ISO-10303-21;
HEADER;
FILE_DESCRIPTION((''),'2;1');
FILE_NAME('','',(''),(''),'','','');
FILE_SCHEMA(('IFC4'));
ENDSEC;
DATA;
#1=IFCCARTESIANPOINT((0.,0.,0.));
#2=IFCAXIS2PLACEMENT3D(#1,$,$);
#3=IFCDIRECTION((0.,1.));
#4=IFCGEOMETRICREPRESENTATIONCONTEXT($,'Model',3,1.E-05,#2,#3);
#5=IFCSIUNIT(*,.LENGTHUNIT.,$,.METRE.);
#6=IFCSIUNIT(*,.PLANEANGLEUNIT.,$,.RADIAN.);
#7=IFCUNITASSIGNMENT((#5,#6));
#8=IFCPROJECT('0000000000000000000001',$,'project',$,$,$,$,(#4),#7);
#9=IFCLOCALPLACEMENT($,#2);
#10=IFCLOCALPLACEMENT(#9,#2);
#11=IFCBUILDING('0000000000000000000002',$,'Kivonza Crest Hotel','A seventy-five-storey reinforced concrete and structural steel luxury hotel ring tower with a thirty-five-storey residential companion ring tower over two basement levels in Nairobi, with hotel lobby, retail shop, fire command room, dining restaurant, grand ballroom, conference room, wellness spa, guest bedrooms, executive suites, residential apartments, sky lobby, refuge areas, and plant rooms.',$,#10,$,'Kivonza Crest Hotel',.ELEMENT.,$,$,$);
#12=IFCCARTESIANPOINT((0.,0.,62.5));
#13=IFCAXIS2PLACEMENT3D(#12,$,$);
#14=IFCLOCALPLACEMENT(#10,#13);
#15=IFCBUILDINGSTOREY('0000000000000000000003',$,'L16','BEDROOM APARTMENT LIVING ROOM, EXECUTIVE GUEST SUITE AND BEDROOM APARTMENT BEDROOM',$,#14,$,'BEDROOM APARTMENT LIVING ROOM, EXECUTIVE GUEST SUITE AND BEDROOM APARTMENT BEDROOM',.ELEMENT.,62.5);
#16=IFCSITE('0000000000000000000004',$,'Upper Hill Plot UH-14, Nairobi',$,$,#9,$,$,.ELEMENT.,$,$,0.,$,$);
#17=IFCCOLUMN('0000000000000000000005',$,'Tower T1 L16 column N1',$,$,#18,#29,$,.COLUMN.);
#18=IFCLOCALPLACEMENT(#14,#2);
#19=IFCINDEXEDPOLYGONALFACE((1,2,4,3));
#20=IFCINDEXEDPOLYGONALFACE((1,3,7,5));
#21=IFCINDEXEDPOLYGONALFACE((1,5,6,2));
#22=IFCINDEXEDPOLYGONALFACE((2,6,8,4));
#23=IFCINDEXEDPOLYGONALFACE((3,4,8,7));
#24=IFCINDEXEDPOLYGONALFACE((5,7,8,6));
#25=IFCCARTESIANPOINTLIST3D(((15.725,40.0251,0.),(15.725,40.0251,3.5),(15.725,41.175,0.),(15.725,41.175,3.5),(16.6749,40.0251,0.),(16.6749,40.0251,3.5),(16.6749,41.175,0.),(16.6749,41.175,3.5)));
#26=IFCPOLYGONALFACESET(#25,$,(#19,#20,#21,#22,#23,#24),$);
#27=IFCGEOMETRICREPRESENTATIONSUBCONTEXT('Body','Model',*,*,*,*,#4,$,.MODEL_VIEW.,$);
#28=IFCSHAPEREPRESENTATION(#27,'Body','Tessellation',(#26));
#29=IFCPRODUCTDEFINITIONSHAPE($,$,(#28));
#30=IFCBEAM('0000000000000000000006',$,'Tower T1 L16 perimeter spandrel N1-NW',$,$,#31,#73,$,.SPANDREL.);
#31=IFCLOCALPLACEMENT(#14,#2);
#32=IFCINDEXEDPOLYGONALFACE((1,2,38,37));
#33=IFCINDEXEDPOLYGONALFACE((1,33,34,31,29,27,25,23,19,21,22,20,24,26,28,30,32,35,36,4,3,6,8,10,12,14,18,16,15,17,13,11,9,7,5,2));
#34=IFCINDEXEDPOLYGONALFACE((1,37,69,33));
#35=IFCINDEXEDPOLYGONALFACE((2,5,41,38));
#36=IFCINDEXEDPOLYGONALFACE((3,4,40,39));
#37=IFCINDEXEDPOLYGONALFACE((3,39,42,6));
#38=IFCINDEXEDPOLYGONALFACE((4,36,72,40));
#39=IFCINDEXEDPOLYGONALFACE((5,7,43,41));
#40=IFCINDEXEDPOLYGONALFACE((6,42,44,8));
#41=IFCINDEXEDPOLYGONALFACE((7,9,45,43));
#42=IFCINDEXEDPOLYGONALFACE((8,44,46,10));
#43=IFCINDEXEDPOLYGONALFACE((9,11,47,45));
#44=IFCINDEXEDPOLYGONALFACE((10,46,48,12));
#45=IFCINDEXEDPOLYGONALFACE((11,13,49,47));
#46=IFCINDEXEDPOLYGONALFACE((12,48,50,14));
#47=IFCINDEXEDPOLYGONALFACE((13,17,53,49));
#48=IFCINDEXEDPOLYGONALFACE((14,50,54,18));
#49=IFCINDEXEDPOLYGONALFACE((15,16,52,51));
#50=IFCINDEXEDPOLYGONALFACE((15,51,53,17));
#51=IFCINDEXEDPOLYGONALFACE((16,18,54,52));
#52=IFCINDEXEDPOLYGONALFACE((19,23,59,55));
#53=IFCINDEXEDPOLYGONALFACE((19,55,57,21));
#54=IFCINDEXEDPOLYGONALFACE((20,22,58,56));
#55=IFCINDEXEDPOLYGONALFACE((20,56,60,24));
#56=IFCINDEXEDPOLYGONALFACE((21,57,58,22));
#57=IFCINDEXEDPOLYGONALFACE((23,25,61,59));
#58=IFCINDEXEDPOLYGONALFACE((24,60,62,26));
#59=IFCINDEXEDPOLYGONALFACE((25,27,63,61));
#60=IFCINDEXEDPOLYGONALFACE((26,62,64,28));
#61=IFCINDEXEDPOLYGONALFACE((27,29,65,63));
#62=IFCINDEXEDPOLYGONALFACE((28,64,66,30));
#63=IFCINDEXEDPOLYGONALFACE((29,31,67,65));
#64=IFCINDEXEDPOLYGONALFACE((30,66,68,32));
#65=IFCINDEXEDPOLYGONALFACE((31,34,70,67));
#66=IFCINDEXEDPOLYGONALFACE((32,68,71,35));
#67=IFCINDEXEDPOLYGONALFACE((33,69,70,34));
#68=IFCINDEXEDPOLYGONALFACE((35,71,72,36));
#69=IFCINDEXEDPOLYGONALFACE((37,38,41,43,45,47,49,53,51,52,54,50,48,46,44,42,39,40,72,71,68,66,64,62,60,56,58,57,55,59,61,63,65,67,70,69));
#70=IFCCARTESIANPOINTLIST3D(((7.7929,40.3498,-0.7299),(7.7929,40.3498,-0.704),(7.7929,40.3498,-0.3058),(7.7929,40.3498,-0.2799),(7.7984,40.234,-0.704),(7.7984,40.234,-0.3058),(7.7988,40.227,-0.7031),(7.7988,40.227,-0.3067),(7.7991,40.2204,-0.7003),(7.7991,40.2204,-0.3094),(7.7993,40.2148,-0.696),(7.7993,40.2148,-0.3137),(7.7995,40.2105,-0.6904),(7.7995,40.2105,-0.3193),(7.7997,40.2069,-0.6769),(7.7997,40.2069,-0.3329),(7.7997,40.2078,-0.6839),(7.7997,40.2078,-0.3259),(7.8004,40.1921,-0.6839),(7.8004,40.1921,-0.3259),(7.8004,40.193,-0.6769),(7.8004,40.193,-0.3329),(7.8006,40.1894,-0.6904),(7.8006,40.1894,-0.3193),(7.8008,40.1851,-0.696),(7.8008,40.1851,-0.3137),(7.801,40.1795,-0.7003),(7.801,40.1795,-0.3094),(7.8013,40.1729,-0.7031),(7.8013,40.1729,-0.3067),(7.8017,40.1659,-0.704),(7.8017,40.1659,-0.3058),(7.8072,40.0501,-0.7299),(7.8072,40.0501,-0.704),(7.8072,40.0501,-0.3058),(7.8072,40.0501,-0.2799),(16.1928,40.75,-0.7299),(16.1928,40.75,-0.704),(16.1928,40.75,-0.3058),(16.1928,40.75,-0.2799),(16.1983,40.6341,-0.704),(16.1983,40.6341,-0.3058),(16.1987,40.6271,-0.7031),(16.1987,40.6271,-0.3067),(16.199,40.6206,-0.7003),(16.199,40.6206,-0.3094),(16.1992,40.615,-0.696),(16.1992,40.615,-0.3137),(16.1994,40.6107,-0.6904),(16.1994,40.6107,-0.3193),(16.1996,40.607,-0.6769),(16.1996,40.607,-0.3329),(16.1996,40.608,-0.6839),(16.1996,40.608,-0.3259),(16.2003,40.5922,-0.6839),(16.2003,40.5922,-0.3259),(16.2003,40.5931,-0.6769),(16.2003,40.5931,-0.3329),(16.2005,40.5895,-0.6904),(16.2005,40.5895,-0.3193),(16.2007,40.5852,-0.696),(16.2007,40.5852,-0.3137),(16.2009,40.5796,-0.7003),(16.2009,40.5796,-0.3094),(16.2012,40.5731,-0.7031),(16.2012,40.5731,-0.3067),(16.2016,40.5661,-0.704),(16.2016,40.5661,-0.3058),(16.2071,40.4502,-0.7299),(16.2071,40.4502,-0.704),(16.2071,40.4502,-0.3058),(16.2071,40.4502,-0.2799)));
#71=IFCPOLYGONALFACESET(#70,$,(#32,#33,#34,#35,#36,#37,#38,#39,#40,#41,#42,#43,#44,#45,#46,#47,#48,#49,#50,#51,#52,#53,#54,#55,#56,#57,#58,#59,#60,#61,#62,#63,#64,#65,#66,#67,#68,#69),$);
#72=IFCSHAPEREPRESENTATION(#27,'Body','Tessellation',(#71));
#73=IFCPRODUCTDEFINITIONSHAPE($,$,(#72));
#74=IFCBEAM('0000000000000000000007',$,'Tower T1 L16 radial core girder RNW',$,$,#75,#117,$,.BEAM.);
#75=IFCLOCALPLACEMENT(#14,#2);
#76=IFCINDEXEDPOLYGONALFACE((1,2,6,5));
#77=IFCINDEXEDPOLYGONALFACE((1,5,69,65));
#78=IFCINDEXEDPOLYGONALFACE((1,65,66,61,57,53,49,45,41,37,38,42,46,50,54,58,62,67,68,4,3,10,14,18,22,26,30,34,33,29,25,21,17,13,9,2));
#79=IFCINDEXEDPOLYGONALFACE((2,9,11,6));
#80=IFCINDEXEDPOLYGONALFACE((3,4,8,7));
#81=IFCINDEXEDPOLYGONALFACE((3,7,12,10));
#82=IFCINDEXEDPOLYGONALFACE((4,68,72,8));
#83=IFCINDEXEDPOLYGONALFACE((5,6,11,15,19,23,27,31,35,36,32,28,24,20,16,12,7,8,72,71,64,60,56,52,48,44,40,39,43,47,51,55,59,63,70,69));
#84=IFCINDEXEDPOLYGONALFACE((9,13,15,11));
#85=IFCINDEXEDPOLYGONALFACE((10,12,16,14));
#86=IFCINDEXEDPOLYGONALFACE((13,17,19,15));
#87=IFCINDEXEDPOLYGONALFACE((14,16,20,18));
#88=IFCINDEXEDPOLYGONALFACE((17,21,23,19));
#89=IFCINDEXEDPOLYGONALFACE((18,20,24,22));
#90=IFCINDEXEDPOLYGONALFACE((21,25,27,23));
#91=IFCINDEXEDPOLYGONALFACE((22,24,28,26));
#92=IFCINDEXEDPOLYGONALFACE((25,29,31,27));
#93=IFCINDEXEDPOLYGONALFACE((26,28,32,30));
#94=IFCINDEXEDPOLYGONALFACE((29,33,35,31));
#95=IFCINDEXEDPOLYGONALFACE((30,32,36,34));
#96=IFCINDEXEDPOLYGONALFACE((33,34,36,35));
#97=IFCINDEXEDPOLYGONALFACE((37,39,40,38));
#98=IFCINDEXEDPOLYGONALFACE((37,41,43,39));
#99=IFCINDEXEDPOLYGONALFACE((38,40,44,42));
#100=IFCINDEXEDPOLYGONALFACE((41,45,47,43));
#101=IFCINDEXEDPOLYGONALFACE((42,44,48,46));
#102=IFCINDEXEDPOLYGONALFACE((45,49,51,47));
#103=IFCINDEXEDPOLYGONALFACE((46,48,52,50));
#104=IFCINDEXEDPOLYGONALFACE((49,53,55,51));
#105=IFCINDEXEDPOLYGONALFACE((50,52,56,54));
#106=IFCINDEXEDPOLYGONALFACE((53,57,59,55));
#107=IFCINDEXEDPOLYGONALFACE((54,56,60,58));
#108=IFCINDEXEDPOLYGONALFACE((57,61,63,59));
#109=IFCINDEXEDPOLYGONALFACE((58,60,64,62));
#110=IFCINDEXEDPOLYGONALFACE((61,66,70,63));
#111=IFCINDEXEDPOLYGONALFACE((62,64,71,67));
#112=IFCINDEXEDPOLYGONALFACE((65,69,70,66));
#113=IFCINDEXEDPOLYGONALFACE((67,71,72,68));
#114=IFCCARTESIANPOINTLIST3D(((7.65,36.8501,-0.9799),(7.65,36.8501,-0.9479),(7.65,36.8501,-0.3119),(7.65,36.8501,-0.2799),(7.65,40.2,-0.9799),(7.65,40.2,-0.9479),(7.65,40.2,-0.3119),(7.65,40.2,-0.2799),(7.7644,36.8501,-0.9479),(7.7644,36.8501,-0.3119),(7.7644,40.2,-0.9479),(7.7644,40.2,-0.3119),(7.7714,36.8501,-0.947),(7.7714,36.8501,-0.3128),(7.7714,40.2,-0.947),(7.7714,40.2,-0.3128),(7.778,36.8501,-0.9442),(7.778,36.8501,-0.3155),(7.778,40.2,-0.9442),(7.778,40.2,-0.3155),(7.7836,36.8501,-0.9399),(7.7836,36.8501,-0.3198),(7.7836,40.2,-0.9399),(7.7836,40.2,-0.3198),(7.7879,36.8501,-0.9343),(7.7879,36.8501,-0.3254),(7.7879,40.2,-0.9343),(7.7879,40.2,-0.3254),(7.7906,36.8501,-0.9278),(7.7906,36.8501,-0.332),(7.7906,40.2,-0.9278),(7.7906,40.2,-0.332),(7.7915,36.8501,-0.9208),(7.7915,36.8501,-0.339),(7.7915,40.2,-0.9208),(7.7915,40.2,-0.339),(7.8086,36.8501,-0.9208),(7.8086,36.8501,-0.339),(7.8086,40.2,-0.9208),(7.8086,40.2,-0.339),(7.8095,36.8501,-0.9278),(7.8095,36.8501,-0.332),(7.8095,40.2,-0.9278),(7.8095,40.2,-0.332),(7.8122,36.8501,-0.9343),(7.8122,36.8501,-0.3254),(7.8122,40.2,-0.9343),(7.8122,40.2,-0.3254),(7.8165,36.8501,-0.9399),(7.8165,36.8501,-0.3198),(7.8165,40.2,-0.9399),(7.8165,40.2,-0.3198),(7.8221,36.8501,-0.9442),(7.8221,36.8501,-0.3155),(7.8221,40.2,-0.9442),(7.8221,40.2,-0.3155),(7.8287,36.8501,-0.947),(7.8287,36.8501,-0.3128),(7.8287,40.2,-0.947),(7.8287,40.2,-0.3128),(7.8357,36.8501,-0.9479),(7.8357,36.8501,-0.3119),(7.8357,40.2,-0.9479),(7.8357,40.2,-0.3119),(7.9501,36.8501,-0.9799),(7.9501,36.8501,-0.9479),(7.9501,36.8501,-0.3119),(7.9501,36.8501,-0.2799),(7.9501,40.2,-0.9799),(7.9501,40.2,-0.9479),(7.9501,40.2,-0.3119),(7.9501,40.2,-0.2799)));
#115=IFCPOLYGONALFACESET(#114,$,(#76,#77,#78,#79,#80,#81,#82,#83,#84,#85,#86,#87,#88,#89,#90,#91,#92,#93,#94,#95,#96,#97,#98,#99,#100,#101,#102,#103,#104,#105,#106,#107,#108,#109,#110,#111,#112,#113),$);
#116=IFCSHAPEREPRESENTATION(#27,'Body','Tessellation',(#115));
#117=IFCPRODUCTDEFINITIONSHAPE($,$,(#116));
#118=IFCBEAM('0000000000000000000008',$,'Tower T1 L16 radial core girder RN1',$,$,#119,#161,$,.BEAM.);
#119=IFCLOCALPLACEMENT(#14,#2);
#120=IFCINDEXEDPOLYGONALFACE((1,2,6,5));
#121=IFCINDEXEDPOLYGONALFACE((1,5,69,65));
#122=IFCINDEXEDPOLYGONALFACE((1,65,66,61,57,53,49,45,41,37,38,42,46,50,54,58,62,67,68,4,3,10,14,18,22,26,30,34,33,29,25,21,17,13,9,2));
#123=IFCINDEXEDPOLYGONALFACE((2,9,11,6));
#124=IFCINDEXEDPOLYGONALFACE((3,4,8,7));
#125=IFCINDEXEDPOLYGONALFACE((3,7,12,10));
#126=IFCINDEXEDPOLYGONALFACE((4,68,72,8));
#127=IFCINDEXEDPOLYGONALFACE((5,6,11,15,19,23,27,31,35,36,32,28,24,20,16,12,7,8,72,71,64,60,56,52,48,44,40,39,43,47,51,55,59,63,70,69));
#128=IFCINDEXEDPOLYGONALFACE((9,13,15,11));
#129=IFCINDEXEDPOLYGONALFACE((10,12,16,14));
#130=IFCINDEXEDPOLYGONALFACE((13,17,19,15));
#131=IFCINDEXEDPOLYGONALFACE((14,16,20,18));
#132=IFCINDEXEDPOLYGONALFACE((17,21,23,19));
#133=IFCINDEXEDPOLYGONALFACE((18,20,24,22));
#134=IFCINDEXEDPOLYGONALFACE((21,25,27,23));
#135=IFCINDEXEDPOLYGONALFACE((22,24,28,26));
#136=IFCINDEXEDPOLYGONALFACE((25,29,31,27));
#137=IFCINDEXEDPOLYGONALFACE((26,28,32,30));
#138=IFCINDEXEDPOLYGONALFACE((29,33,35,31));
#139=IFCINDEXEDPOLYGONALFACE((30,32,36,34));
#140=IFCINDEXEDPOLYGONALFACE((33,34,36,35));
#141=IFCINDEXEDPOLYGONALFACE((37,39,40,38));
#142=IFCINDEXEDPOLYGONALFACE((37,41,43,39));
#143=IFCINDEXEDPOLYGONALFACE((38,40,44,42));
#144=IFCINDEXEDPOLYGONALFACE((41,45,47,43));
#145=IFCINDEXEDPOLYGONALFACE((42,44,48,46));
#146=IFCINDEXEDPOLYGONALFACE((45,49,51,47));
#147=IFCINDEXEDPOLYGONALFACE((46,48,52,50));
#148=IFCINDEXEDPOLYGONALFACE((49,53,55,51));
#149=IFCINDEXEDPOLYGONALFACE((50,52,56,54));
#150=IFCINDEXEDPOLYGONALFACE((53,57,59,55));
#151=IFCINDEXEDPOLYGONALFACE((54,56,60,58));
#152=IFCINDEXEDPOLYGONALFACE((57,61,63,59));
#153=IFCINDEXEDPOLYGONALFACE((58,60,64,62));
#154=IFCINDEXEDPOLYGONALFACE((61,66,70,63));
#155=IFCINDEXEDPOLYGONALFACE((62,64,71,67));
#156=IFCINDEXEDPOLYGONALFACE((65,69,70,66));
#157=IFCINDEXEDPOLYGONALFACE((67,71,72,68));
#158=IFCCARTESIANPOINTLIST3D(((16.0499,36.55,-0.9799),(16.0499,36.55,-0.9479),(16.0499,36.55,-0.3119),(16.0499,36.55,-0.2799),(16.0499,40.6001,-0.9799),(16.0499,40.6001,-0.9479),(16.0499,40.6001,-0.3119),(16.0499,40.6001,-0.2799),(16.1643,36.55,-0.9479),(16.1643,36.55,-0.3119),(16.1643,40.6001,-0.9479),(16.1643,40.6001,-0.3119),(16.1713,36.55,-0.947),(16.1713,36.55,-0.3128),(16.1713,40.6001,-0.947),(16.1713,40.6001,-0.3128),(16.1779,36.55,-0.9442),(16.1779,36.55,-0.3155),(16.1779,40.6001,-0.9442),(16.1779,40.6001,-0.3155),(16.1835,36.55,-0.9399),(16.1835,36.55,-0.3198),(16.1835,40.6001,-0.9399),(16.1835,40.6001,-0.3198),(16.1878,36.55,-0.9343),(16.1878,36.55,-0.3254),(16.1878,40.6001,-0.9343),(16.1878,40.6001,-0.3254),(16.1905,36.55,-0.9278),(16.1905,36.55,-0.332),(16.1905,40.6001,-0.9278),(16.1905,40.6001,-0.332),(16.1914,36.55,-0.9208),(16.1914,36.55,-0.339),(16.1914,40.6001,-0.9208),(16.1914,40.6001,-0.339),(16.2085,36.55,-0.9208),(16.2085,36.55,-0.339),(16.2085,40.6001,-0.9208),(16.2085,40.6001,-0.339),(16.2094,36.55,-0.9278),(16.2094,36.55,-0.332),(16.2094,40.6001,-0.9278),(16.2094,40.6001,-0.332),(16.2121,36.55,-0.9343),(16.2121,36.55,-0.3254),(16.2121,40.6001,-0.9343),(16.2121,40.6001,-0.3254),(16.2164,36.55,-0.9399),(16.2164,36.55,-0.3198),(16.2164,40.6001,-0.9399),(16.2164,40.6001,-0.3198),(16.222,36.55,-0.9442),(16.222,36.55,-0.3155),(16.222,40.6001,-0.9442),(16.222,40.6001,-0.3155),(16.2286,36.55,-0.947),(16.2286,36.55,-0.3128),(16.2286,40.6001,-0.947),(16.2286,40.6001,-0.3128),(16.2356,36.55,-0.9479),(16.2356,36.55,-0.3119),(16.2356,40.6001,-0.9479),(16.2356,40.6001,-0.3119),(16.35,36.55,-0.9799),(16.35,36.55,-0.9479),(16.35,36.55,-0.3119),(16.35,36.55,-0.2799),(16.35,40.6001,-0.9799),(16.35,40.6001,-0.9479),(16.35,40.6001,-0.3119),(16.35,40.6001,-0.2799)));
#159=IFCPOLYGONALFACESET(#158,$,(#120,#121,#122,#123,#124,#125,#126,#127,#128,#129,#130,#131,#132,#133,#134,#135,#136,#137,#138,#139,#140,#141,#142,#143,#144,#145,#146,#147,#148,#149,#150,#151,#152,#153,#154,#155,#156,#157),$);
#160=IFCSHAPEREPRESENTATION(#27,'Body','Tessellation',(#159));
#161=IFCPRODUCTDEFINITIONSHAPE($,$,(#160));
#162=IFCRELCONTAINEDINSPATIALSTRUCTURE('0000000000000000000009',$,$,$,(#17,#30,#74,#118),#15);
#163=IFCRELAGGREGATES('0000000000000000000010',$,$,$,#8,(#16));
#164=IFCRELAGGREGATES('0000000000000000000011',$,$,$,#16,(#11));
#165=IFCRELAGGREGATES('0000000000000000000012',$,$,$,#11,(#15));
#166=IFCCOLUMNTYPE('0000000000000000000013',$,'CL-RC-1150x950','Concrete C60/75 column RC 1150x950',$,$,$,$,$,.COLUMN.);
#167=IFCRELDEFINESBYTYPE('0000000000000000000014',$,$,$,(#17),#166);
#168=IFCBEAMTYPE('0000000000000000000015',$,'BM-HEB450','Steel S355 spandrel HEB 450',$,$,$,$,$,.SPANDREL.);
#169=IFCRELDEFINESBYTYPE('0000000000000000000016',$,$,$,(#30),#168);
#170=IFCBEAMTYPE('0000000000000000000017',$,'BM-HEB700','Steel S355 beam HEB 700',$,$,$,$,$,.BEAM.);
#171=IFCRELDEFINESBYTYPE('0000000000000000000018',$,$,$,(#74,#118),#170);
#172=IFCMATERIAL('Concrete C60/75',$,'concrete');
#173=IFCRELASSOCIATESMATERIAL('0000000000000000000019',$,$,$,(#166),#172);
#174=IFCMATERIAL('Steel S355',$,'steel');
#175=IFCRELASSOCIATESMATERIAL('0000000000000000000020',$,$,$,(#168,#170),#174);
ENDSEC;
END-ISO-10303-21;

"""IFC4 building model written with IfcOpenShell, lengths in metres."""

from ifc_helpers import new_model, si_unit, direction, frame, origin, origin_2d, place, context, subcontext, project, spatial, rectangle, i_section, extrude, material, material_profile, profile_set, type_object, element, save


model = new_model("IFC4")

# Units and contexts
model_context = context("Model", 3, precision=1e-05, world=origin(), true_north=direction((0.0, 1.0)))
body_context = subcontext(model_context, "Body", "Model", "MODEL_VIEW")
ifc_project = project(units=[si_unit("LENGTHUNIT", "METRE"), si_unit("PLANEANGLEUNIT", "RADIAN")], contexts=[model_context])

# Site, building, storey
site_placement = place(None, origin())
site = spatial("IfcSite", under=ifc_project, at=site_placement, Name="Upper Hill Plot UH-14, Nairobi", CompositionType="ELEMENT", RefElevation=0.0)
building_placement = place(site_placement, origin())
building = spatial("IfcBuilding", under=site, at=building_placement, Name="Kivonza Crest Hotel", Description="A seventy-five-storey reinforced concrete and structural steel luxury hotel ring tower with a thirty-five-storey residential companion ring tower over two basement levels in Nairobi, with hotel lobby, retail shop, fire command room, dining restaurant, grand ballroom, conference room, wellness spa, guest bedrooms, executive suites, residential apartments, sky lobby, refuge areas, and plant rooms.", LongName="Kivonza Crest Hotel", CompositionType="ELEMENT")
storey_placement = place(building_placement, frame((0.0, 0.0, 62.5)))
storey = spatial("IfcBuildingStorey", under=building, at=storey_placement, Name="L16", Description="BEDROOM APARTMENT LIVING ROOM, EXECUTIVE GUEST SUITE AND BEDROOM APARTMENT BEDROOM", LongName="BEDROOM APARTMENT LIVING ROOM, EXECUTIVE GUEST SUITE AND BEDROOM APARTMENT BEDROOM", CompositionType="ELEMENT", Elevation=62.5)

# Column
ifc_material_1 = material(Name="Concrete C60/75", Category="concrete")
ifc_material_profile_1 = material_profile(ifc_material_1, rectangle(XDim=0.95, YDim=1.1499, at=origin_2d()), Name="RC 1150x950")
ifc_profile_set_1 = profile_set([ifc_material_profile_1], Name="Concrete C60/75")
column_type = type_object("IfcColumnType", Name="CL-RC-1150x950", Description="Concrete C60/75 column RC 1150x950", PredefinedType="COLUMN", material=ifc_profile_set_1)
column_placement = place(storey_placement, frame((16.2, 40.6001, 0.0), z_axis=(0.0, 0.0, 1.0), x_axis=(1.0, 0.0, 0.0)))
element("IfcColumn", 1, at=column_placement, inside=storey, type_object=column_type, Name="Tower T1 L16 column N1", PredefinedType="COLUMN", context=body_context, shape_type="SweptSolid", body=[
    extrude(rectangle(XDim=0.95, YDim=1.1499, at=origin_2d()), origin(), (0.0, 0.0, 1.0), 3.5),
])

# Beams
ifc_material_2 = material(Name="Steel S355", Category="steel")
ifc_material_profile_2 = material_profile(ifc_material_2, i_section(OverallWidth=0.3, OverallDepth=0.45, WebThickness=0.0139, FlangeThickness=0.0259, FilletRadius=0.0271, at=origin_2d()), Name="HEB 450")
ifc_profile_set_2 = profile_set([ifc_material_profile_2], Name="Steel S355")
beam_type_1 = type_object("IfcBeamType", Name="BM-HEB450", Description="Steel S355 spandrel HEB 450", PredefinedType="SPANDREL", material=ifc_profile_set_2)
beam_1_placement = place(storey_placement, frame((16.2, 40.6001, -0.5049), z_axis=(-0.998867, -0.047583, 0.0), x_axis=(0.047583, -0.998867, 0.0)))
element("IfcBeam", 2, at=beam_1_placement, inside=storey, type_object=beam_type_1, Name="Tower T1 L16 perimeter spandrel N1-NW", PredefinedType="SPANDREL", context=body_context, shape_type="SweptSolid", body=[
    extrude(i_section(OverallWidth=0.3, OverallDepth=0.45, WebThickness=0.0139, FlangeThickness=0.0259, FilletRadius=0.0271, at=origin_2d()), origin(), (0.0, 0.0, 1.0), 8.4094),
])
ifc_material_profile_3 = material_profile(ifc_material_2, i_section(OverallWidth=0.3, OverallDepth=0.7, WebThickness=0.0171, FlangeThickness=0.032, FilletRadius=0.0271, at=origin_2d()), Name="HEB 700")
ifc_profile_set_3 = profile_set([ifc_material_profile_3], Name="Steel S355")
beam_type_2 = type_object("IfcBeamType", Name="BM-HEB700", Description="Steel S355 beam HEB 700", PredefinedType="BEAM", material=ifc_profile_set_3)
beam_2_placement = place(storey_placement, frame((7.8, 40.2, -0.6299), z_axis=(0.0, -1.0, 0.0), x_axis=(1.0, 0.0, 0.0)))
element("IfcBeam", 3, at=beam_2_placement, inside=storey, type_object=beam_type_2, Name="Tower T1 L16 radial core girder RNW", PredefinedType="BEAM", context=body_context, shape_type="SweptSolid", body=[
    extrude(i_section(OverallWidth=0.3, OverallDepth=0.7, WebThickness=0.0171, FlangeThickness=0.032, FilletRadius=0.0271, at=origin_2d()), origin(), (0.0, 0.0, 1.0), 3.3499),
])
beam_3_placement = place(storey_placement, frame((16.2, 40.6001, -0.6299), z_axis=(0.0, -1.0, 0.0), x_axis=(1.0, 0.0, 0.0)))
element("IfcBeam", 4, at=beam_3_placement, inside=storey, type_object=beam_type_2, Name="Tower T1 L16 radial core girder RN1", PredefinedType="BEAM", context=body_context, shape_type="SweptSolid", body=[
    extrude(i_section(OverallWidth=0.3, OverallDepth=0.7, WebThickness=0.0171, FlangeThickness=0.032, FilletRadius=0.0271, at=origin_2d()), origin(), (0.0, 0.0, 1.0), 4.05),
])

save(model, "model.ifc")
